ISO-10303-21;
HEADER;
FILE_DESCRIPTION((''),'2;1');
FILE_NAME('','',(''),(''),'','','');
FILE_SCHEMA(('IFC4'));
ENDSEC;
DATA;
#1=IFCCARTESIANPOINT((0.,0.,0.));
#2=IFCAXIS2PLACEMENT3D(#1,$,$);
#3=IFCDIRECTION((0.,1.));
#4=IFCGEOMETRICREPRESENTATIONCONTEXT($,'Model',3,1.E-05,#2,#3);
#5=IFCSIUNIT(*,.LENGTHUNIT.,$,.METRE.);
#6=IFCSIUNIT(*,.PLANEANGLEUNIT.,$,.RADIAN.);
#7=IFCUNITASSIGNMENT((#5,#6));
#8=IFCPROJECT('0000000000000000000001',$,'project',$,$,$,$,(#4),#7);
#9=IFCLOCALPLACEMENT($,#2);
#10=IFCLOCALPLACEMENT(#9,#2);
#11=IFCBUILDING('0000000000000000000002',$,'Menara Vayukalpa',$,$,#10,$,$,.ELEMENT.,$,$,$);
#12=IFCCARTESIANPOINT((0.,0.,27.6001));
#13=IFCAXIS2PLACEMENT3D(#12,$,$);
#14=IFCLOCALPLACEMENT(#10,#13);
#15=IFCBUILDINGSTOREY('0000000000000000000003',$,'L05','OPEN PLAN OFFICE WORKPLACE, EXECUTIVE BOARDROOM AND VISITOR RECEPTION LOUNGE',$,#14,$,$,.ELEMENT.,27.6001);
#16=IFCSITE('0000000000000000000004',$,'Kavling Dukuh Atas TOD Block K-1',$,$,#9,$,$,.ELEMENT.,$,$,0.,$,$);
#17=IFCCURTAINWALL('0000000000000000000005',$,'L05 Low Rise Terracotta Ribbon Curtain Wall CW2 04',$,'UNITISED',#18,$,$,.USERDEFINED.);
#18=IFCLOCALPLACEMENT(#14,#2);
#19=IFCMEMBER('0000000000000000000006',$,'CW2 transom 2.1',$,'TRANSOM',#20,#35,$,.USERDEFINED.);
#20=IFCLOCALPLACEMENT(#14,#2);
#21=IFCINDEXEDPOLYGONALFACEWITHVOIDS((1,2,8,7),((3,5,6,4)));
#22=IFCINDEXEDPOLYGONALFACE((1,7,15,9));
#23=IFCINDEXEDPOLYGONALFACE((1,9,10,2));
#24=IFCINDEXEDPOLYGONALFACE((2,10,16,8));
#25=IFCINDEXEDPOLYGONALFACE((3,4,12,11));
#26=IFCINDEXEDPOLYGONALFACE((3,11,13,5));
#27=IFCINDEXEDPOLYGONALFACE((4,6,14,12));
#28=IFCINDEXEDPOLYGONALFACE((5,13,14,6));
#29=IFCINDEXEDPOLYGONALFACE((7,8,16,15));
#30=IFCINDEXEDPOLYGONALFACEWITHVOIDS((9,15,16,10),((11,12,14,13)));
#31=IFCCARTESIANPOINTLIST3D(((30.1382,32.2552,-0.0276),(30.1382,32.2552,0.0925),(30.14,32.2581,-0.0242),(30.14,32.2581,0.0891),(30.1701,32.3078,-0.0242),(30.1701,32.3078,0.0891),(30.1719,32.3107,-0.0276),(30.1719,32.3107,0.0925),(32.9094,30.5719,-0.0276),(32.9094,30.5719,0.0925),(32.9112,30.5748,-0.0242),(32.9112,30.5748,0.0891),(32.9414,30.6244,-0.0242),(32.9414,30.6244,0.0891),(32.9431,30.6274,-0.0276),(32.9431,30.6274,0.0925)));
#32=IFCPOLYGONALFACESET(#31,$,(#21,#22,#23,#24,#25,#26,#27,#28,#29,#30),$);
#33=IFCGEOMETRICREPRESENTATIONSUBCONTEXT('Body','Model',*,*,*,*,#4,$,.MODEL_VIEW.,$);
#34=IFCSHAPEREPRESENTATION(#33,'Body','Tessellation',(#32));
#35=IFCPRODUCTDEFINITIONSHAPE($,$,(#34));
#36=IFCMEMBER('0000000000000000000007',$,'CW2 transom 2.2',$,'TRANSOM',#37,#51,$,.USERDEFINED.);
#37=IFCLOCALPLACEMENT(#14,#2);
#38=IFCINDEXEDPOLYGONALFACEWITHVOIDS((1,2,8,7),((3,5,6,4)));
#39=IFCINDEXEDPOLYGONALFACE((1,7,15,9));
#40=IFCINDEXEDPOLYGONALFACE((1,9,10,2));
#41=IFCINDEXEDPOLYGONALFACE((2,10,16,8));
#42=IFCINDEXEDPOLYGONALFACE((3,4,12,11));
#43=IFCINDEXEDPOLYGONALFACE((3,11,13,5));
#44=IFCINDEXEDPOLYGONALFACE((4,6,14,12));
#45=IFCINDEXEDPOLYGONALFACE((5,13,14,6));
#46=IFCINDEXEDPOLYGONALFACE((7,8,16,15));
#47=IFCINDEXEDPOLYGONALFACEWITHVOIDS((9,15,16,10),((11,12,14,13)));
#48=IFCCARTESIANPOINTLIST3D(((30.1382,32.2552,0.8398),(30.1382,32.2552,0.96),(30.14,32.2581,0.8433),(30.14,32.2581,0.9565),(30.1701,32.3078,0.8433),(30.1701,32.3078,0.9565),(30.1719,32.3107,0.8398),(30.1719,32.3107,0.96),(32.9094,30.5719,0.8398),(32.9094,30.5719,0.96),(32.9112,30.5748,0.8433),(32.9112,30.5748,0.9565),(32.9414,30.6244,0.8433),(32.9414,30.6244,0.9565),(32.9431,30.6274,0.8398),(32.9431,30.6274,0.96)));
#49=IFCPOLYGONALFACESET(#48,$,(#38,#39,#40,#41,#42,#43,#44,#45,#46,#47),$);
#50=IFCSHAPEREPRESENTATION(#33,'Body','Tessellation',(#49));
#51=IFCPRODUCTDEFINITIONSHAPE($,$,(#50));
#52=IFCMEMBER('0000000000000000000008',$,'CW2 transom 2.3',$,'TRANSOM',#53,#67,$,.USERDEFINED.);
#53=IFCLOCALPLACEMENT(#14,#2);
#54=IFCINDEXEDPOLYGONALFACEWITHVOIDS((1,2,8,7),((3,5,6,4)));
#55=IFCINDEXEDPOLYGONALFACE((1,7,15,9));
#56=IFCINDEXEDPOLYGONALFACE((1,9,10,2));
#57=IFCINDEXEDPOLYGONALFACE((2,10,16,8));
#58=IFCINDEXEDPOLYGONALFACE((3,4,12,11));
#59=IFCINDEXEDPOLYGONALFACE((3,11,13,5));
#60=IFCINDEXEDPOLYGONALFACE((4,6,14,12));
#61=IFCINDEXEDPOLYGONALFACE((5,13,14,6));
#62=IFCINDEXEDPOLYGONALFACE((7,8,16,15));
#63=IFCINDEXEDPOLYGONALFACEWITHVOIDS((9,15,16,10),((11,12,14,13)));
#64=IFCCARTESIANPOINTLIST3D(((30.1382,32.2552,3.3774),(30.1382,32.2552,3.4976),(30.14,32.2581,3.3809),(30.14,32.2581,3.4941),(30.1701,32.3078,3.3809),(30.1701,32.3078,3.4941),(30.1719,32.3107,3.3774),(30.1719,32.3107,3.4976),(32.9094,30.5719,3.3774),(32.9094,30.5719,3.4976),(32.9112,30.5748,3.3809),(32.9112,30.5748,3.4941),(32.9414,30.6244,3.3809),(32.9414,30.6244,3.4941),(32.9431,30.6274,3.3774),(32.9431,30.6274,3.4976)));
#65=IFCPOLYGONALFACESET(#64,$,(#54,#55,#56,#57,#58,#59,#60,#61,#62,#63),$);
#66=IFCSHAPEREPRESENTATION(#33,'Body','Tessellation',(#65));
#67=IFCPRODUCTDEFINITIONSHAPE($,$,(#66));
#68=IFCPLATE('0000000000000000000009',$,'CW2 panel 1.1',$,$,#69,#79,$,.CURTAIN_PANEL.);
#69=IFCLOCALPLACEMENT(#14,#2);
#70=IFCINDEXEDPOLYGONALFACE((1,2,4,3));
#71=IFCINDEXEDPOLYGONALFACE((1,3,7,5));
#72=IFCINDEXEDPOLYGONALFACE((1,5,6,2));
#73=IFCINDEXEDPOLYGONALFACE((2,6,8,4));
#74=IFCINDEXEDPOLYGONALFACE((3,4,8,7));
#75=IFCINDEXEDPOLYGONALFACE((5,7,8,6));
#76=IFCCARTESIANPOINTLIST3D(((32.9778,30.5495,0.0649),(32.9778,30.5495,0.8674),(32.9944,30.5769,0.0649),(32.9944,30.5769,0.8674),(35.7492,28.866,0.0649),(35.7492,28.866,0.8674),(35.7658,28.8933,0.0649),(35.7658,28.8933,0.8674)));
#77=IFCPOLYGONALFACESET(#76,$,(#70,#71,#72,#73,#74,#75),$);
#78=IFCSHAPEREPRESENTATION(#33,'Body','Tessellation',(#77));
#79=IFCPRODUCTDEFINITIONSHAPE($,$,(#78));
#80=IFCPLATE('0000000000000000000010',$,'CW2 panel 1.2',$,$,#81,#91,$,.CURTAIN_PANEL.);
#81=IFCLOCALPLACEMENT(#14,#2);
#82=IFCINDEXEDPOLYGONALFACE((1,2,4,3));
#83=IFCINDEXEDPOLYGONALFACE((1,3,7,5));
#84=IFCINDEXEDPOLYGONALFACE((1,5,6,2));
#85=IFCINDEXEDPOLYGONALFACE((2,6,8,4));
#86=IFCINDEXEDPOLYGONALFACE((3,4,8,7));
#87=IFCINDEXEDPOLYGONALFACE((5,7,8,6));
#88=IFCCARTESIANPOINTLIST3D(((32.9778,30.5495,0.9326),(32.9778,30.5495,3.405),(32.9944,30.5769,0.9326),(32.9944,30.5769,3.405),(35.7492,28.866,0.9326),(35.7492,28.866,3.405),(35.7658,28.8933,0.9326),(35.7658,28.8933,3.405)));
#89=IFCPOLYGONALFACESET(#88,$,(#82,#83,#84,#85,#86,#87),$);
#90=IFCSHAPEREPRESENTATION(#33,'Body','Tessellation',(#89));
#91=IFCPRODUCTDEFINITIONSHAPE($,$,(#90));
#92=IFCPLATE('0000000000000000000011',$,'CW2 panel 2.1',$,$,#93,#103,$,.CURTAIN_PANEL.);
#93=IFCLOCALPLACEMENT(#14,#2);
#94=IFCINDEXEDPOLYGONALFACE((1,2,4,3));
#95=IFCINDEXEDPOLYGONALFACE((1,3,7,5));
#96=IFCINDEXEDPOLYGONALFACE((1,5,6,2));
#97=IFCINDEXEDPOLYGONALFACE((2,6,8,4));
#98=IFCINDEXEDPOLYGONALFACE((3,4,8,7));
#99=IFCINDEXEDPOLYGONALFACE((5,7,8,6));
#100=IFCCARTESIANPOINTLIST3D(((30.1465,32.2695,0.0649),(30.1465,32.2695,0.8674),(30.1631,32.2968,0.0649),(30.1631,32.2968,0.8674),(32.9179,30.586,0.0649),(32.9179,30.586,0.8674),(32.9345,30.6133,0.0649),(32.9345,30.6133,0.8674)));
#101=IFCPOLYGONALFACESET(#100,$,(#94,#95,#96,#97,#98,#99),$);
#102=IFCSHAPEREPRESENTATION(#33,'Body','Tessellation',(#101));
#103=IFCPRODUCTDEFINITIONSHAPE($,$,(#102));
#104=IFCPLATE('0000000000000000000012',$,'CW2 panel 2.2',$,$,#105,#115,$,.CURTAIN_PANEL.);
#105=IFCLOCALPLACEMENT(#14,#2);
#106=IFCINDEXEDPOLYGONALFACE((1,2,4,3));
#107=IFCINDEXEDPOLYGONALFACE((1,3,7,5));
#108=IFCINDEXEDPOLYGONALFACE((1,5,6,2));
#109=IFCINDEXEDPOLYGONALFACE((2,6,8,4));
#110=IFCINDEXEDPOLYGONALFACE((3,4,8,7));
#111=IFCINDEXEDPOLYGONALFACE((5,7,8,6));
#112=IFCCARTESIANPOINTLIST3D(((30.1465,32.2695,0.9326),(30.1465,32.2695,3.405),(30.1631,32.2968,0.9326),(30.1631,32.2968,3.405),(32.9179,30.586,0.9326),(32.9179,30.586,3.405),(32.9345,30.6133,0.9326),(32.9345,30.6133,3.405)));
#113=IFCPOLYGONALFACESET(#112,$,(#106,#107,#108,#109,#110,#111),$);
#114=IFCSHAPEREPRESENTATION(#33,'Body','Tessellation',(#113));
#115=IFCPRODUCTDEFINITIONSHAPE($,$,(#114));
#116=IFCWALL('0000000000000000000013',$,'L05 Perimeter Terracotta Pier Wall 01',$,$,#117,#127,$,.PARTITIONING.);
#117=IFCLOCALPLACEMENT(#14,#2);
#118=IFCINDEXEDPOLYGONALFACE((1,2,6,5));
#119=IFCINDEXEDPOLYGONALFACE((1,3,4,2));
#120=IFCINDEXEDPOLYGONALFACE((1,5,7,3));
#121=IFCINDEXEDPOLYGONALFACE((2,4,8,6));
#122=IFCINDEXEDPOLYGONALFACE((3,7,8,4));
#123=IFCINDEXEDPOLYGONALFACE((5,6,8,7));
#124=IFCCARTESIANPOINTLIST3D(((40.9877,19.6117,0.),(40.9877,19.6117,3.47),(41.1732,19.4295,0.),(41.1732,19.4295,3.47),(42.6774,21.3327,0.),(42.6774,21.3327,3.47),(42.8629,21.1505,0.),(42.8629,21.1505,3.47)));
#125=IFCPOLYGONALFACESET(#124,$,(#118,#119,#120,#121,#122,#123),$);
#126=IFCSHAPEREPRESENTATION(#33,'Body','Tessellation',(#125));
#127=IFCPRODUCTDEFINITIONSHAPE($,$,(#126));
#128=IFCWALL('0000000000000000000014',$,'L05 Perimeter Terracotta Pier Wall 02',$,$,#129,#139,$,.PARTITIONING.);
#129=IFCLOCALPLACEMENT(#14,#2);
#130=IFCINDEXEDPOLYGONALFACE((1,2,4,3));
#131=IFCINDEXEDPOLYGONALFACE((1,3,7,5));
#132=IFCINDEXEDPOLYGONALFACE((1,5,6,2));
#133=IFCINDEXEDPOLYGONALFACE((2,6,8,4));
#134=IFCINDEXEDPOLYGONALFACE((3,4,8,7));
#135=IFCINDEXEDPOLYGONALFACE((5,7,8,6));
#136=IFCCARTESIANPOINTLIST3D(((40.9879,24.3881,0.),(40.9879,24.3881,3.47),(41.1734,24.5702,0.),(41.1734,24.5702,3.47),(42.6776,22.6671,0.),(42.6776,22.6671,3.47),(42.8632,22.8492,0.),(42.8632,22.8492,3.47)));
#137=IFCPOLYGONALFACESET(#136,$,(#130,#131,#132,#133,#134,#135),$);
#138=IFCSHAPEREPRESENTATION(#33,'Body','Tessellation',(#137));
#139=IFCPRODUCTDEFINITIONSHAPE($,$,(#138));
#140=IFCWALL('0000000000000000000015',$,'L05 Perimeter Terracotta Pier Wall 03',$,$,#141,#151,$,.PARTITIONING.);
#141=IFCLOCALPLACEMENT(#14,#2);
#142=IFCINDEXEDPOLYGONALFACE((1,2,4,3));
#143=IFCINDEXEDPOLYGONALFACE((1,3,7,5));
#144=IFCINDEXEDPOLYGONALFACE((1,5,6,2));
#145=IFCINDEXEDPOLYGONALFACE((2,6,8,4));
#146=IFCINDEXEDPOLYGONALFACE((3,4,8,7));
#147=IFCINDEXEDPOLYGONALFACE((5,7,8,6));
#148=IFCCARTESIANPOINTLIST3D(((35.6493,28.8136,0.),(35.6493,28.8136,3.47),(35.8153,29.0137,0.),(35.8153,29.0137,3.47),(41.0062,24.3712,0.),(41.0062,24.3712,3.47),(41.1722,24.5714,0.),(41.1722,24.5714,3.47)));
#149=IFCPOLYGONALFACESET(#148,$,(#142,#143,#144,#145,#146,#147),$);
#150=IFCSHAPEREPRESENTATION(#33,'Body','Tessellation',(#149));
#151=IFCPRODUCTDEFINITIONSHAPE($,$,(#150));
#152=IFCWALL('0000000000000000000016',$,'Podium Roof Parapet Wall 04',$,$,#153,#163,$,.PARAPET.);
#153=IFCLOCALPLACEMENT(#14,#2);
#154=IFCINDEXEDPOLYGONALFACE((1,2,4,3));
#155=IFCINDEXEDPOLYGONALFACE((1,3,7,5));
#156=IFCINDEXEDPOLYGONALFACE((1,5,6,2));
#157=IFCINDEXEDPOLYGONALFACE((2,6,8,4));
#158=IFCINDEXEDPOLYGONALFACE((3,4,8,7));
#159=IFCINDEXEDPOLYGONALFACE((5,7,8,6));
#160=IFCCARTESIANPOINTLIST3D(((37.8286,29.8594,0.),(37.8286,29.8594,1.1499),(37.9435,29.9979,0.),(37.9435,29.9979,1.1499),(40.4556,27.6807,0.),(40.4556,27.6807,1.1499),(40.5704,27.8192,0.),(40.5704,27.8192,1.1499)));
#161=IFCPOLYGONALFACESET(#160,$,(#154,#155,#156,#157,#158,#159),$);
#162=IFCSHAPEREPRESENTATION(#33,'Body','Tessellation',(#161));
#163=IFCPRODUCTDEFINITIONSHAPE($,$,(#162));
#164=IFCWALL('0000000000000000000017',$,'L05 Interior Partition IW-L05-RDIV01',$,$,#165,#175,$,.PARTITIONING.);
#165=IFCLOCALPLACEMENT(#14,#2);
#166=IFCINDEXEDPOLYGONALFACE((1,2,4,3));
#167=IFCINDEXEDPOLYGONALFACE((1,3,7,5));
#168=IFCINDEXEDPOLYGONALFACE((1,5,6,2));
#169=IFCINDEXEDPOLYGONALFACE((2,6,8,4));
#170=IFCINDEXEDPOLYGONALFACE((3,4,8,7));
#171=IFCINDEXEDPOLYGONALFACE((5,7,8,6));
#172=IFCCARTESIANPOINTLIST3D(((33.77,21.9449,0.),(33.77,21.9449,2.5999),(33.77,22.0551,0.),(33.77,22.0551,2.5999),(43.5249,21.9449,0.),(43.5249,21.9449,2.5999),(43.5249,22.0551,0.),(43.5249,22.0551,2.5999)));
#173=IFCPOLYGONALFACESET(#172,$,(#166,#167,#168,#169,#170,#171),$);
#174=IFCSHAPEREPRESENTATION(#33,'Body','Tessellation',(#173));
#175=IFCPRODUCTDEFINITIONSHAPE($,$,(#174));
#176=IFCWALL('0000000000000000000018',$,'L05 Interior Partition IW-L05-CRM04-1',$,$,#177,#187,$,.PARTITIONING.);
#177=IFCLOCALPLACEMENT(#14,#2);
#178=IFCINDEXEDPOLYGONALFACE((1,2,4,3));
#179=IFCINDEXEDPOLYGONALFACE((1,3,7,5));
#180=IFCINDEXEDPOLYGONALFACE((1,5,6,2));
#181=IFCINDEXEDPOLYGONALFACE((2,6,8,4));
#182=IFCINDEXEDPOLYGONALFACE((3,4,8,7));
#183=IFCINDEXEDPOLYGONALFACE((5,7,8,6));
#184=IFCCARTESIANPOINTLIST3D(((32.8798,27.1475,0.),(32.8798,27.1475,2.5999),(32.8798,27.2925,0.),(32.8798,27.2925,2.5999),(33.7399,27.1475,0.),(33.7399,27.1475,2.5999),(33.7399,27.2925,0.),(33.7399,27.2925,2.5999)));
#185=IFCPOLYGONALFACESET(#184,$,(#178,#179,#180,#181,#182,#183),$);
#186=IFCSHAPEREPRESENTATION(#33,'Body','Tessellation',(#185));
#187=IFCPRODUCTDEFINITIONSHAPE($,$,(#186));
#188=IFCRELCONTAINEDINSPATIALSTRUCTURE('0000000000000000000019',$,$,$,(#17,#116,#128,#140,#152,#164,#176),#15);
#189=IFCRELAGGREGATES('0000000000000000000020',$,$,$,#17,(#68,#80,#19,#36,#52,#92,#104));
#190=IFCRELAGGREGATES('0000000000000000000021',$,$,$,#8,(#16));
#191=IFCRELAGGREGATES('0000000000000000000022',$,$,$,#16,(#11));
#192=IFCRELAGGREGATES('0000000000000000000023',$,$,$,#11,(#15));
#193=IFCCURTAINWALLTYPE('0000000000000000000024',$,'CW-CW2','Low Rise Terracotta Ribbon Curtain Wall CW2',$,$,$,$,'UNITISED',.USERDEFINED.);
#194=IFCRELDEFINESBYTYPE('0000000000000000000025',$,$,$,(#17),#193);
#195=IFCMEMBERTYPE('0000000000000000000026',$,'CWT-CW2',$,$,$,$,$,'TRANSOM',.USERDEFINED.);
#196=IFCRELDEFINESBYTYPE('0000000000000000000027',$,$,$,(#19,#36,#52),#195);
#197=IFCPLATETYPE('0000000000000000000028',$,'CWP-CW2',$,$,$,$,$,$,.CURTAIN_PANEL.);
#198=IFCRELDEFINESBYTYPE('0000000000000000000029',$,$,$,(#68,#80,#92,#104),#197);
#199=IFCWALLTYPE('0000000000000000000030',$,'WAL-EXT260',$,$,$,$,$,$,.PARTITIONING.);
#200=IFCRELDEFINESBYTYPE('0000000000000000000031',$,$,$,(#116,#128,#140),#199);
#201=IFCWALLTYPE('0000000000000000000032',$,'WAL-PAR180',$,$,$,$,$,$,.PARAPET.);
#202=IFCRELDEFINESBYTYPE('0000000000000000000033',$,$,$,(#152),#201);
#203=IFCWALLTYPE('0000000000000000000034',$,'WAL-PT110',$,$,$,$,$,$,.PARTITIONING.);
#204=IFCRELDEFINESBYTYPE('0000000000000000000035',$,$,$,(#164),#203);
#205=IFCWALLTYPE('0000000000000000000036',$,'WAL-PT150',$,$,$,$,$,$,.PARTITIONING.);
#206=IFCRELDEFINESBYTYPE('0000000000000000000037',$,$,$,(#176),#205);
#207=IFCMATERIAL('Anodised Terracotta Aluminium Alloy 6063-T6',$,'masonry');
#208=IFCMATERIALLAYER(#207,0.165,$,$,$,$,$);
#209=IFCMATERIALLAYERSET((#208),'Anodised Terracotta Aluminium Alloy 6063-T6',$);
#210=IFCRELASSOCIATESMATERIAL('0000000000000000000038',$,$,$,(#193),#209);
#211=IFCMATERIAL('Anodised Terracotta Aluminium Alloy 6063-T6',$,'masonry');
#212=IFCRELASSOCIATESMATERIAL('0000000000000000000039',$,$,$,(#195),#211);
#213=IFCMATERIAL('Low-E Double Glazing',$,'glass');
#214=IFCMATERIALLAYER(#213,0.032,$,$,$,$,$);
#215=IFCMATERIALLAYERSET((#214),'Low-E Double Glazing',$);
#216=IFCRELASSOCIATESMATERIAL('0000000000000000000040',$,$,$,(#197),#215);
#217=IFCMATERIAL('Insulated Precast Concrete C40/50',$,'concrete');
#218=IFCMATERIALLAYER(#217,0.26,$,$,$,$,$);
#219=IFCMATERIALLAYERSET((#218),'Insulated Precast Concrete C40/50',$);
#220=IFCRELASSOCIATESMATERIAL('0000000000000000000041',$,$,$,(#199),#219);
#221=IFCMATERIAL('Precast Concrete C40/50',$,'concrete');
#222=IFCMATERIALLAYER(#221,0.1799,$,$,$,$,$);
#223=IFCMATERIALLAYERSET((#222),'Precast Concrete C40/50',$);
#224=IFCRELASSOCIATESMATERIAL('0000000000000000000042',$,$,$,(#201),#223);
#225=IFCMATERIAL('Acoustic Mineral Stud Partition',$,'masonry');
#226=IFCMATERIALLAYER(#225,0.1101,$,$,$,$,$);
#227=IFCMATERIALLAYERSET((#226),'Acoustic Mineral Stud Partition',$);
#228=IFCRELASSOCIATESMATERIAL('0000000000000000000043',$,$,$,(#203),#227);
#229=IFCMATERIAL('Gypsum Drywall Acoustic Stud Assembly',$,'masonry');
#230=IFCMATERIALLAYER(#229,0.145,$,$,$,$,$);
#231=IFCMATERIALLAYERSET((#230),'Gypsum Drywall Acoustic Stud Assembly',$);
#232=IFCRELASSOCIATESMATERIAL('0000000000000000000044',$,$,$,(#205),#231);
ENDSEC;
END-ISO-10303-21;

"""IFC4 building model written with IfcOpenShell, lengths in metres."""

from ifc_helpers import new_model, si_unit, direction, frame, frame_2d, origin, origin_2d, place, context, subcontext, project, spatial, rectangle, hollow_rectangle, extrude, material, layer, layer_set, material_profile, profile_set, type_object, element, aggregate, save


model = new_model("IFC4")

# Units and contexts
model_context = context("Model", 3, precision=1e-05, world=origin(), true_north=direction((0.0, 1.0)))
body_context = subcontext(model_context, "Body", "Model", "MODEL_VIEW")
ifc_project = project(units=[si_unit("LENGTHUNIT", "METRE"), si_unit("PLANEANGLEUNIT", "RADIAN")], contexts=[model_context])

# Site, building, storey
site_placement = place(None, origin())
site = spatial("IfcSite", under=ifc_project, at=site_placement, Name="Kavling Dukuh Atas TOD Block K-1", CompositionType="ELEMENT", RefElevation=0.0)
building_placement = place(site_placement, origin())
building = spatial("IfcBuilding", under=site, at=building_placement, Name="Menara Vayukalpa", CompositionType="ELEMENT")
storey_placement = place(building_placement, frame((0.0, 0.0, 27.6001)))
storey = spatial("IfcBuildingStorey", under=building, at=storey_placement, Name="L05", Description="OPEN PLAN OFFICE WORKPLACE, EXECUTIVE BOARDROOM AND VISITOR RECEPTION LOUNGE", CompositionType="ELEMENT", Elevation=27.6001)

# Curtain wall, members, plates
ifc_material_1 = material(Name="Anodised Terracotta Aluminium Alloy 6063-T6", Category="masonry")
ifc_layer_1 = layer(ifc_material_1, 0.165)
ifc_layer_set_1 = layer_set([ifc_layer_1], Name="Anodised Terracotta Aluminium Alloy 6063-T6")
curtain_wall_type = type_object("IfcCurtainWallType", Name="CW-CW2", Description="Low Rise Terracotta Ribbon Curtain Wall CW2", ElementType="UNITISED", PredefinedType="USERDEFINED", material=ifc_layer_set_1)
curtain_wall_placement = place(storey_placement, origin())
curtain_wall = element("IfcCurtainWall", 1, at=curtain_wall_placement, inside=storey, type_object=curtain_wall_type, Name="L05 Low Rise Terracotta Ribbon Curtain Wall CW2 04", ObjectType="UNITISED", PredefinedType="USERDEFINED")
ifc_material_2 = material(Name="Anodised Terracotta Aluminium Alloy 6063-T6", Category="masonry")
ifc_material_profile_1 = material_profile(ifc_material_2, hollow_rectangle(XDim=0.0649, YDim=0.1201, WallThickness=0.0034, at=origin_2d()), Name="ALU 65x120x3.5")
ifc_profile_set_1 = profile_set([ifc_material_profile_1], Name="Anodised Terracotta Aluminium Alloy 6063-T6")
member_type_1 = type_object("IfcMemberType", Name="CWT-CW2", ElementType="TRANSOM", PredefinedType="USERDEFINED", material=ifc_profile_set_1)
member_1_placement = place(storey_placement, frame((32.9263, 30.5996, 0.0325), z_axis=(-0.854677, 0.519161, 0.0), x_axis=(-0.519161, -0.854677, 0.0)))
member_1 = element("IfcMember", 2, at=member_1_placement, type_object=member_type_1, Name="CW2 transom 2.1", ObjectType="TRANSOM", PredefinedType="USERDEFINED", context=body_context, shape_type="SweptSolid", body=[
    extrude(hollow_rectangle(XDim=0.0649, YDim=0.1201, WallThickness=0.0034, at=origin_2d()), origin(), (0.0, 0.0, 1.0), 3.2424),
])
member_2_placement = place(storey_placement, frame((32.9263, 30.5996, 0.8999), z_axis=(-0.854677, 0.519161, 0.0), x_axis=(-0.519161, -0.854677, 0.0)))
member_2 = element("IfcMember", 3, at=member_2_placement, type_object=member_type_1, Name="CW2 transom 2.2", ObjectType="TRANSOM", PredefinedType="USERDEFINED", context=body_context, shape_type="SweptSolid", body=[
    extrude(hollow_rectangle(XDim=0.0649, YDim=0.1201, WallThickness=0.0034, at=origin_2d()), origin(), (0.0, 0.0, 1.0), 3.2424),
])
member_3_placement = place(storey_placement, frame((32.9263, 30.5996, 3.4375), z_axis=(-0.854677, 0.519161, 0.0), x_axis=(-0.519161, -0.854677, 0.0)))
member_3 = element("IfcMember", 4, at=member_3_placement, type_object=member_type_1, Name="CW2 transom 2.3", ObjectType="TRANSOM", PredefinedType="USERDEFINED", context=body_context, shape_type="SweptSolid", body=[
    extrude(hollow_rectangle(XDim=0.0649, YDim=0.1201, WallThickness=0.0034, at=origin_2d()), origin(), (0.0, 0.0, 1.0), 3.2424),
])
ifc_material_3 = material(Name="Low-E Double Glazing", Category="glass")
ifc_layer_2 = layer(ifc_material_3, 0.032)
ifc_layer_set_2 = layer_set([ifc_layer_2], Name="Low-E Double Glazing")
plate_type = type_object("IfcPlateType", Name="CWP-CW2", PredefinedType="CURTAIN_PANEL", material=ifc_layer_set_2)
plate_1_placement = place(storey_placement, frame((34.3718, 29.7214, 0.0649), z_axis=(0.0, 0.0, 1.0), x_axis=(-0.854664, 0.519182, 0.0)))
plate_1 = element("IfcPlate", 5, at=plate_1_placement, type_object=plate_type, Name="CW2 panel 1.1", PredefinedType="CURTAIN_PANEL", context=body_context, shape_type="SweptSolid", body=[
    extrude(rectangle(XDim=3.2427, YDim=0.032, at=origin_2d()), origin(), (0.0, 0.0, 1.0), 0.8025),
])
plate_2_placement = place(storey_placement, frame((34.3718, 29.7214, 0.9326), z_axis=(0.0, 0.0, 1.0), x_axis=(-0.854664, 0.519182, 0.0)))
plate_2 = element("IfcPlate", 6, at=plate_2_placement, type_object=plate_type, Name="CW2 panel 1.2", PredefinedType="CURTAIN_PANEL", context=body_context, shape_type="SweptSolid", body=[
    extrude(rectangle(XDim=3.2427, YDim=0.032, at=origin_2d()), origin(), (0.0, 0.0, 1.0), 2.4724),
])
plate_3_placement = place(storey_placement, frame((31.5405, 31.4414, 0.0649), z_axis=(0.0, 0.0, 1.0), x_axis=(-0.854664, 0.519182, 0.0)))
plate_3 = element("IfcPlate", 7, at=plate_3_placement, type_object=plate_type, Name="CW2 panel 2.1", PredefinedType="CURTAIN_PANEL", context=body_context, shape_type="SweptSolid", body=[
    extrude(rectangle(XDim=3.2427, YDim=0.032, at=origin_2d()), origin(), (0.0, 0.0, 1.0), 0.8025),
])
plate_4_placement = place(storey_placement, frame((31.5405, 31.4414, 0.9326), z_axis=(0.0, 0.0, 1.0), x_axis=(-0.854664, 0.519182, 0.0)))
plate_4 = element("IfcPlate", 8, at=plate_4_placement, type_object=plate_type, Name="CW2 panel 2.2", PredefinedType="CURTAIN_PANEL", context=body_context, shape_type="SweptSolid", body=[
    extrude(rectangle(XDim=3.2427, YDim=0.032, at=origin_2d()), origin(), (0.0, 0.0, 1.0), 2.4724),
])
aggregate(curtain_wall, [plate_1, plate_2, member_1, member_2, member_3, plate_3, plate_4])

# Walls
ifc_material_4 = material(Name="Insulated Precast Concrete C40/50", Category="concrete")
ifc_layer_3 = layer(ifc_material_4, 0.26)
ifc_layer_set_3 = layer_set([ifc_layer_3], Name="Insulated Precast Concrete C40/50")
wall_type_1 = type_object("IfcWallType", Name="WAL-EXT260", PredefinedType="PARTITIONING", material=ifc_layer_set_3)
for number, where, z_axis, x_axis, name in (
    (9, (42.7703, 21.2417, 0.0), (0.0, 0.0, 1.0), (-0.700599, -0.713556, 0.0), "L05 Perimeter Terracotta Pier Wall 01"),
    (10, (41.0806, 24.4792, 0.0), (0.0, 0.0, 1.0), (0.700599, -0.713556, 0.0), "L05 Perimeter Terracotta Pier Wall 02"),
):
    element("IfcWall", number, at=place(storey_placement, frame(where, z_axis=z_axis, x_axis=x_axis)), inside=storey, type_object=wall_type_1, Name=name, PredefinedType="PARTITIONING", context=body_context, shape_type="SweptSolid", body=[
        extrude(rectangle(XDim=2.4119, YDim=0.26, at=frame_2d((1.2061, 0.0))), origin(), (0.0, 0.0, 1.0), 3.47),
    ])
wall_1_placement = place(storey_placement, frame((35.7324, 28.9136, 0.0), z_axis=(0.0, 0.0, 1.0), x_axis=(0.769755, -0.63834, 0.0)))
element("IfcWall", 11, at=wall_1_placement, inside=storey, type_object=wall_type_1, Name="L05 Perimeter Terracotta Pier Wall 03", PredefinedType="PARTITIONING", context=body_context, shape_type="SweptSolid", body=[
    extrude(rectangle(XDim=6.9592, YDim=0.26, at=frame_2d((3.4795, 0.0))), origin(), (0.0, 0.0, 1.0), 3.47),
])
ifc_material_5 = material(Name="Precast Concrete C40/50", Category="concrete")
ifc_layer_4 = layer(ifc_material_5, 0.1799)
ifc_layer_set_4 = layer_set([ifc_layer_4], Name="Precast Concrete C40/50")
wall_type_2 = type_object("IfcWallType", Name="WAL-PAR180", PredefinedType="PARAPET", material=ifc_layer_set_4)
wall_2_placement = place(storey_placement, frame((37.886, 29.9287, 0.0), z_axis=(0.0, 0.0, 1.0), x_axis=(0.76972, -0.638381, 0.0)))
element("IfcWall", 12, at=wall_2_placement, inside=storey, type_object=wall_type_2, Name="Podium Roof Parapet Wall 04", PredefinedType="PARAPET", context=body_context, shape_type="SweptSolid", body=[
    extrude(rectangle(XDim=3.4128, YDim=0.1799, at=frame_2d((1.7065, 0.0))), origin(), (0.0, 0.0, 1.0), 1.1499),
])
ifc_material_6 = material(Name="Acoustic Mineral Stud Partition", Category="masonry")
ifc_layer_5 = layer(ifc_material_6, 0.1101)
ifc_layer_set_5 = layer_set([ifc_layer_5], Name="Acoustic Mineral Stud Partition")
wall_type_3 = type_object("IfcWallType", Name="WAL-PT110", PredefinedType="PARTITIONING", material=ifc_layer_set_5)
wall_3_placement = place(storey_placement, frame((33.77, 22.0, 0.0), z_axis=(0.0, 0.0, 1.0), x_axis=(1.0, 0.0, 0.0)))
element("IfcWall", 13, at=wall_3_placement, inside=storey, type_object=wall_type_3, Name="L05 Interior Partition IW-L05-RDIV01", PredefinedType="PARTITIONING", context=body_context, shape_type="SweptSolid", body=[
    extrude(rectangle(XDim=9.7549, YDim=0.1101, at=frame_2d((4.8774, 0.0))), origin(), (0.0, 0.0, 1.0), 2.5999),
])
ifc_material_7 = material(Name="Gypsum Drywall Acoustic Stud Assembly", Category="masonry")
ifc_layer_6 = layer(ifc_material_7, 0.145)
ifc_layer_set_6 = layer_set([ifc_layer_6], Name="Gypsum Drywall Acoustic Stud Assembly")
wall_type_4 = type_object("IfcWallType", Name="WAL-PT150", PredefinedType="PARTITIONING", material=ifc_layer_set_6)
wall_4_placement = place(storey_placement, frame((33.74, 27.22, 0.0), z_axis=(0.0, 0.0, 1.0), x_axis=(-1.0, 0.0, 0.0)))
element("IfcWall", 14, at=wall_4_placement, inside=storey, type_object=wall_type_4, Name="L05 Interior Partition IW-L05-CRM04-1", PredefinedType="PARTITIONING", context=body_context, shape_type="SweptSolid", body=[
    extrude(rectangle(XDim=0.8601, YDim=0.145, at=frame_2d((0.4302, 0.0))), origin(), (0.0, 0.0, 1.0), 2.5999),
])

save(model, "model.ifc")
